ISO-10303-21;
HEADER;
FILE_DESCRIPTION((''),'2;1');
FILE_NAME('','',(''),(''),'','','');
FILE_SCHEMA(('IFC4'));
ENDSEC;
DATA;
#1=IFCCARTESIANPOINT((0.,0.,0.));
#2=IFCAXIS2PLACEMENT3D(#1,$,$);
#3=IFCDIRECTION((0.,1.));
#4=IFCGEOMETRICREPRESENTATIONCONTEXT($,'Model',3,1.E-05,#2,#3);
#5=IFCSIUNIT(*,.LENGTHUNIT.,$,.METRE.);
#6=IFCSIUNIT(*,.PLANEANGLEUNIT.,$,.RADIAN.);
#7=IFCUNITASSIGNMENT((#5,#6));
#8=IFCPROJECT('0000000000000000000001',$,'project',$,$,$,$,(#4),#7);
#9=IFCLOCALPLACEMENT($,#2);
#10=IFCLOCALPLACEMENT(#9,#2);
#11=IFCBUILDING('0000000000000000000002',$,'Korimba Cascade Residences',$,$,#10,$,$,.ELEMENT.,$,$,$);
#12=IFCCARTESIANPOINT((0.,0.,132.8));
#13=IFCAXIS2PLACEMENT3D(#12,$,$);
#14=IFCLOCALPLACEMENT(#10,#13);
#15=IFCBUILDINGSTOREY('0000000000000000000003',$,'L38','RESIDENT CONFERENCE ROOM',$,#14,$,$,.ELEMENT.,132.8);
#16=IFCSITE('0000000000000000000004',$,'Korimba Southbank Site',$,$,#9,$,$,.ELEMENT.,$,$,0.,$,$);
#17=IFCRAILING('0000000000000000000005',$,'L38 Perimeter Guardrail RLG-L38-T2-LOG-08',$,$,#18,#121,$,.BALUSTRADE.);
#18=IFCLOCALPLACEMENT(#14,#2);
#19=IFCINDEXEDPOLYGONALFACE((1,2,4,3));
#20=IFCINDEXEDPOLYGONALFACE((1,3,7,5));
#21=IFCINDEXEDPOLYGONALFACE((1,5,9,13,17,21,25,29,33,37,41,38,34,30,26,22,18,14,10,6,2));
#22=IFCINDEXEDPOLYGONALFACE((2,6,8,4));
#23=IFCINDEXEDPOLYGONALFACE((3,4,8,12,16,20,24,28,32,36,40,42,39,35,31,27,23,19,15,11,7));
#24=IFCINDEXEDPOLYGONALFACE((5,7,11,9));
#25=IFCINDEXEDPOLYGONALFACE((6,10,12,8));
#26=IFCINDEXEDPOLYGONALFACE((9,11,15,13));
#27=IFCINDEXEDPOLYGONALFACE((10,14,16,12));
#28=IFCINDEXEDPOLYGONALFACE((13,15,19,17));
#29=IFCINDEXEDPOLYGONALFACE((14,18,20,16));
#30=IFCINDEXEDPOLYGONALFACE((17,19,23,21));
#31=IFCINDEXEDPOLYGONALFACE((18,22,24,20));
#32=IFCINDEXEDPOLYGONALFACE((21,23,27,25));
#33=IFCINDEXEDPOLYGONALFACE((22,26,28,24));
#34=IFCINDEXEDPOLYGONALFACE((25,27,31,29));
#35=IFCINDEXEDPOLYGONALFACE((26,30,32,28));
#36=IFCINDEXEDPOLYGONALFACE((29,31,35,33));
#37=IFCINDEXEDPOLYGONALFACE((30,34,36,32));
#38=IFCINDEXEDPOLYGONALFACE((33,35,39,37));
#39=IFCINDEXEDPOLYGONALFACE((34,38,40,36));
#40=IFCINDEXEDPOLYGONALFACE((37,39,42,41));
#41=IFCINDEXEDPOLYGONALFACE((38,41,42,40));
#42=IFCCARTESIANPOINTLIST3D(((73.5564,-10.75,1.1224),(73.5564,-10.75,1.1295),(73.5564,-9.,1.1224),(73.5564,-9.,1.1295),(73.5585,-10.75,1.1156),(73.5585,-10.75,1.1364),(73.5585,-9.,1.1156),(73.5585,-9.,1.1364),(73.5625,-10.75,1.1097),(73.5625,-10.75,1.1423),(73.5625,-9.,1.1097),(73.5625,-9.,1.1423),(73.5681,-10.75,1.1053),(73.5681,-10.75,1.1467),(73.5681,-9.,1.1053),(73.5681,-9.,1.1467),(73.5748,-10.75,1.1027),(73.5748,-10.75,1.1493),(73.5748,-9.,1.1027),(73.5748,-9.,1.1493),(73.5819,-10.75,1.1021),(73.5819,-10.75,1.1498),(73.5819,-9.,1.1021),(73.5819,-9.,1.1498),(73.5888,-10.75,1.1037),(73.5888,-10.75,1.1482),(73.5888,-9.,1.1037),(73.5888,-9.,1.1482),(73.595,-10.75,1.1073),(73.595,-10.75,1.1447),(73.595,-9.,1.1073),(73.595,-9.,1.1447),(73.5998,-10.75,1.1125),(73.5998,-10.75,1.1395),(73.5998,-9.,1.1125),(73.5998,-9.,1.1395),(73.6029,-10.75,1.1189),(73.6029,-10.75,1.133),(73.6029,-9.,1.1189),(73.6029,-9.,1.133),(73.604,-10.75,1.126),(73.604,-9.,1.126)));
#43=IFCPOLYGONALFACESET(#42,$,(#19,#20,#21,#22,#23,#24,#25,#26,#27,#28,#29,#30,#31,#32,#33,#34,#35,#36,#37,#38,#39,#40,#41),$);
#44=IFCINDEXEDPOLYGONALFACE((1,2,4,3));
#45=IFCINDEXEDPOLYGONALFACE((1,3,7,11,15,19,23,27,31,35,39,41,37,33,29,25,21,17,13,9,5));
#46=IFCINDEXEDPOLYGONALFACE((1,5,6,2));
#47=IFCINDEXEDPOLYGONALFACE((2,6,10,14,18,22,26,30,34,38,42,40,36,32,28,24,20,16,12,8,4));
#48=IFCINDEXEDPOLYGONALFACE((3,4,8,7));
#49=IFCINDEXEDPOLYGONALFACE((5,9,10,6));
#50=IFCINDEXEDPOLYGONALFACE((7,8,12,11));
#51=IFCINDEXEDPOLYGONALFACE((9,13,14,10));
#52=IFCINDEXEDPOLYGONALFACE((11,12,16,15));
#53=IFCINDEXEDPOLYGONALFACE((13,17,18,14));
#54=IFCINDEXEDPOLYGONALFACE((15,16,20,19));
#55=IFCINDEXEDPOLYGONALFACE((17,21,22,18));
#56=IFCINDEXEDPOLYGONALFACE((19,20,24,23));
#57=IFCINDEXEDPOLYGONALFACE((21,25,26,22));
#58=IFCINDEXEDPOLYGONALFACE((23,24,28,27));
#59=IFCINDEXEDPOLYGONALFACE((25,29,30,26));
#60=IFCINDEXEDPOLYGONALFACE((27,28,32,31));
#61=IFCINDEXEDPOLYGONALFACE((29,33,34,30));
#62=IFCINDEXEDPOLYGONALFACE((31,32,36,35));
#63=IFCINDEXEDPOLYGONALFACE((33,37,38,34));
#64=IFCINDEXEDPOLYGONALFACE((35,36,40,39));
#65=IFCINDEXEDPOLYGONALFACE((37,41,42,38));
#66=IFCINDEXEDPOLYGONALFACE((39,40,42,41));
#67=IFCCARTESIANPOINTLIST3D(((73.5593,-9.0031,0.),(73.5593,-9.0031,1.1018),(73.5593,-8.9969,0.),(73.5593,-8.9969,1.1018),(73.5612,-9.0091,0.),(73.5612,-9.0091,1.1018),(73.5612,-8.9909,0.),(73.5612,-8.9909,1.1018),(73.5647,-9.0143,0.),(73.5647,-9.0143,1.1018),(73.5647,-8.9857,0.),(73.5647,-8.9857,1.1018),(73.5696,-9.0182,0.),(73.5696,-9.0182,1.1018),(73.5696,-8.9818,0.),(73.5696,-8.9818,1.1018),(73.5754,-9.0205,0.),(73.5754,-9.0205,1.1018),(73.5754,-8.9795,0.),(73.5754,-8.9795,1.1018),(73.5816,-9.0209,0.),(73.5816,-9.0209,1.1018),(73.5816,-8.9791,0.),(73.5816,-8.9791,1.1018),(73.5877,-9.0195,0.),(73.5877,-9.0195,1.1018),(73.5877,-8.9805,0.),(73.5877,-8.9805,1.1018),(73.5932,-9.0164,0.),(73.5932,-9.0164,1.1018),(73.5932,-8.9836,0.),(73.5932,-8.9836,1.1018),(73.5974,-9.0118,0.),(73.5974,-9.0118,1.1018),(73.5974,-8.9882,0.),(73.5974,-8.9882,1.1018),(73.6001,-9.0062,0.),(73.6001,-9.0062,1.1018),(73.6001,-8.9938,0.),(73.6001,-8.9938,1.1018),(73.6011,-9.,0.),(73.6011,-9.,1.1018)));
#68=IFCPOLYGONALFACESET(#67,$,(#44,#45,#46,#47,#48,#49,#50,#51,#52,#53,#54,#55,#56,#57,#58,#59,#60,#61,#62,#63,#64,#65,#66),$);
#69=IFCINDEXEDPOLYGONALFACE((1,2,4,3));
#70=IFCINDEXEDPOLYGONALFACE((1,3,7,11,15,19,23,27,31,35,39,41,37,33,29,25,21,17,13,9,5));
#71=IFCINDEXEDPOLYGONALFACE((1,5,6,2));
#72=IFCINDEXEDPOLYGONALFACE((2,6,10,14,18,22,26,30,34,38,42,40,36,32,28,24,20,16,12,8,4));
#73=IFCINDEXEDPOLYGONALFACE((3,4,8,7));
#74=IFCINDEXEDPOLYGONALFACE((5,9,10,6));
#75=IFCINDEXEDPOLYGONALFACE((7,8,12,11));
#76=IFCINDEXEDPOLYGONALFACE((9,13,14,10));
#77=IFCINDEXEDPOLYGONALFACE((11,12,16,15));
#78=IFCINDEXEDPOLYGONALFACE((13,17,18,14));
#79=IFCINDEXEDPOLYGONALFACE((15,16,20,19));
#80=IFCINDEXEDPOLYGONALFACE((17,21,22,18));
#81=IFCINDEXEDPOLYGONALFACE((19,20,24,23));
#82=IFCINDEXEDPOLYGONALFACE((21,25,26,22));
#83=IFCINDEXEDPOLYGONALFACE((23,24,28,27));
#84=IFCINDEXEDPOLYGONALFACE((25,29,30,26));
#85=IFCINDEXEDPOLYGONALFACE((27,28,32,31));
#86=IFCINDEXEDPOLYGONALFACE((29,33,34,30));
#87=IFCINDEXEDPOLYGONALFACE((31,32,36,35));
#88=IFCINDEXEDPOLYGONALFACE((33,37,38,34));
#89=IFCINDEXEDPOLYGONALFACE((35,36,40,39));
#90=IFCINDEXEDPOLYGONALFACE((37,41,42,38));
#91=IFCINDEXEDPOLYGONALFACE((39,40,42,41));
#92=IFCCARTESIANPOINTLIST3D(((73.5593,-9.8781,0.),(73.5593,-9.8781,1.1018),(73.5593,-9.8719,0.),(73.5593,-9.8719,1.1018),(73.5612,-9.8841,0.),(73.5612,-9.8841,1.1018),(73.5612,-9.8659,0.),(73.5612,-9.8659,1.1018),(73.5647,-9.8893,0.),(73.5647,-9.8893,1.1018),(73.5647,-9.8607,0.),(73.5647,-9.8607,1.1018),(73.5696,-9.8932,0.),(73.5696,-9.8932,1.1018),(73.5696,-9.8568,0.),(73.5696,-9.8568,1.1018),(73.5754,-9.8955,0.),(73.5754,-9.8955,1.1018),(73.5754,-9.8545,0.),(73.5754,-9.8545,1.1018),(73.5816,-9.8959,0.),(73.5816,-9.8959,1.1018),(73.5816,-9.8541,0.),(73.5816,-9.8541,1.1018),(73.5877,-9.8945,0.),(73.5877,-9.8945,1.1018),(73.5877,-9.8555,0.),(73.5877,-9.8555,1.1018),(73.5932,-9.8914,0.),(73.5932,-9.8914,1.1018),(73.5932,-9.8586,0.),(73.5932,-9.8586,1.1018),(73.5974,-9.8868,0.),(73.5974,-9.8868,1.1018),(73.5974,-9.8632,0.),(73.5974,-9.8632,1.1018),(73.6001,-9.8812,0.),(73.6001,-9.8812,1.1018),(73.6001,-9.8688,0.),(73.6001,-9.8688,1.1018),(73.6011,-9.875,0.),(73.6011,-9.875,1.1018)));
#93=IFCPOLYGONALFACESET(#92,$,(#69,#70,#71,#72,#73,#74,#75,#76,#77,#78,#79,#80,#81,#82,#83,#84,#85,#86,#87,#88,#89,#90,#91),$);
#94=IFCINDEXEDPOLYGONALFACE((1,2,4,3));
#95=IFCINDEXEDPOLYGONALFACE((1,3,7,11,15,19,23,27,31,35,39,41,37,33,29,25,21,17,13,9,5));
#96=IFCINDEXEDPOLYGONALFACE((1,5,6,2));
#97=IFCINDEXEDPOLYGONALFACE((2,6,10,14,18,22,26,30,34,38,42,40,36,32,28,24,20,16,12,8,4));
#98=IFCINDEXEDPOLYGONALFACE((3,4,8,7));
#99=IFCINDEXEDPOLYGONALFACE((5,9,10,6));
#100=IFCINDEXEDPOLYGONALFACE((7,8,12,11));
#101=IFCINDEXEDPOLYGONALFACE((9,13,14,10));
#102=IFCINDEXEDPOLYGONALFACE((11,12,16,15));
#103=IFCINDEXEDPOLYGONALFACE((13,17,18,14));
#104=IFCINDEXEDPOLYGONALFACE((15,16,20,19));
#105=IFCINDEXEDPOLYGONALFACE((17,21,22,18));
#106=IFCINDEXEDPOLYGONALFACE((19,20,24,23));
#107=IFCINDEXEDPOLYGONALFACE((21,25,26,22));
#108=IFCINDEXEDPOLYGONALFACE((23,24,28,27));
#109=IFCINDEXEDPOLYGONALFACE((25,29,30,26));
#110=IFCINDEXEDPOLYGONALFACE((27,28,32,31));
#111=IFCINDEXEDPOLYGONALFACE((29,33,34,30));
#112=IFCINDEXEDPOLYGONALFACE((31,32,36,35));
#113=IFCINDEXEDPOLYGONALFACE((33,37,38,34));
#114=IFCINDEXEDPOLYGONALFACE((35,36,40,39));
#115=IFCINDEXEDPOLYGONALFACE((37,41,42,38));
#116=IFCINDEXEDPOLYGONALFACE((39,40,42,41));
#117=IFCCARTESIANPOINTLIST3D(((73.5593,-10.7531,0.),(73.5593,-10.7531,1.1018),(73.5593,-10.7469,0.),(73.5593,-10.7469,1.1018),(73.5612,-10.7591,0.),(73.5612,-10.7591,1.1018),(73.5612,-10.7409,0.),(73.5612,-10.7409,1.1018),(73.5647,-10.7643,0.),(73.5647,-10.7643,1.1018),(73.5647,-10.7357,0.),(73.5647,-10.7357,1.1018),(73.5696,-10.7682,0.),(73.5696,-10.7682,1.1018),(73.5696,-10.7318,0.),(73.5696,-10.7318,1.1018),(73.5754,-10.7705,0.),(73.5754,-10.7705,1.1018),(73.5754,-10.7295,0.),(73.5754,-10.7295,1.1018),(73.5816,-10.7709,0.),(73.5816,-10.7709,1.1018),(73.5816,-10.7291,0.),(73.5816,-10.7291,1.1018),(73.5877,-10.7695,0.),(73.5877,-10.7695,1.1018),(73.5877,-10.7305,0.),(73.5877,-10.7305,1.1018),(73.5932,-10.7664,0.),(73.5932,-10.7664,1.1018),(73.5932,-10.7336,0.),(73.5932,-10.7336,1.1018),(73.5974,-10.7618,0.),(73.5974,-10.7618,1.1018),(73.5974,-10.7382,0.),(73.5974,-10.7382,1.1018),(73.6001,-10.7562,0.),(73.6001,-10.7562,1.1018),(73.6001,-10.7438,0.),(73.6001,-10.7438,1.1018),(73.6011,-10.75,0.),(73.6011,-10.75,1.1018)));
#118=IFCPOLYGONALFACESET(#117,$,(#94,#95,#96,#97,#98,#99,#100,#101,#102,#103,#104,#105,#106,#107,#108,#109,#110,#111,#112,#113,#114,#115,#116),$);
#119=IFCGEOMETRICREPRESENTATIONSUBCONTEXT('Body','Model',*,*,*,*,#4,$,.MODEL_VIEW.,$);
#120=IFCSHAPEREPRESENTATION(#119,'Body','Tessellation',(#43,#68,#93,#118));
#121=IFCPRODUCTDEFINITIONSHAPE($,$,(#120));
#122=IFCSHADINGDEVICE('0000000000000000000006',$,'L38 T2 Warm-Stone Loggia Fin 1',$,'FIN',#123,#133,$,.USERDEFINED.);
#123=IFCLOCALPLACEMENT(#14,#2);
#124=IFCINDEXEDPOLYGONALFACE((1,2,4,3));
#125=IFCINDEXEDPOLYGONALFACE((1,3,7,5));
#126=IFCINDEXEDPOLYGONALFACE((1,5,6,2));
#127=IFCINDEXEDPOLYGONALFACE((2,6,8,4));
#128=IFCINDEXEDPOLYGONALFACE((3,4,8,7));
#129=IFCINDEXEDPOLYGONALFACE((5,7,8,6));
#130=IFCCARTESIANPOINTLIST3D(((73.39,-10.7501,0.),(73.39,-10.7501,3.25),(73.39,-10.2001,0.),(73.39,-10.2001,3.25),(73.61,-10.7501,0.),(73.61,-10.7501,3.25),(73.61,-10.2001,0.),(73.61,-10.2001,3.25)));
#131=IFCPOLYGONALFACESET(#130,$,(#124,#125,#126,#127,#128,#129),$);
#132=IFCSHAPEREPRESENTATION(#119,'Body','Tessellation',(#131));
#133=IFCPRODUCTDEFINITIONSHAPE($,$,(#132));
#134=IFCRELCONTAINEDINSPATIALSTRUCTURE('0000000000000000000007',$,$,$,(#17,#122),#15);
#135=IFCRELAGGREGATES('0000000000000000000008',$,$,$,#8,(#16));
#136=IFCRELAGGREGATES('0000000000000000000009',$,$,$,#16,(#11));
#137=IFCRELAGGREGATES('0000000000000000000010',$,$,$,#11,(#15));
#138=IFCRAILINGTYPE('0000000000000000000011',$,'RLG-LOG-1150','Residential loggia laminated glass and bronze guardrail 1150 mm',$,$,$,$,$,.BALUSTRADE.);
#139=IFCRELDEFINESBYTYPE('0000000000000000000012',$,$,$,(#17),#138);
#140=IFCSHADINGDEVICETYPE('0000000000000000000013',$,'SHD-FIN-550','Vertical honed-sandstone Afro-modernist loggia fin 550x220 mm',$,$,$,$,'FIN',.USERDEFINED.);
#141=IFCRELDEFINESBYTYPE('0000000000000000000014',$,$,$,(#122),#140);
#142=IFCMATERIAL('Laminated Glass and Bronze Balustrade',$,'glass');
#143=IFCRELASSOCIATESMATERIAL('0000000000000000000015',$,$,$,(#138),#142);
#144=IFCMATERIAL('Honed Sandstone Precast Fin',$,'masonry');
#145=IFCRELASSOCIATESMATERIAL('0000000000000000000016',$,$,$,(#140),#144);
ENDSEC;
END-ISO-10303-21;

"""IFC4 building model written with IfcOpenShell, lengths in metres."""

from ifc_helpers import new_model, si_unit, direction, frame, origin, origin_2d, place, context, subcontext, project, spatial, rectangle, circle, extrude, material, type_object, element, save


model = new_model("IFC4")

# Units and contexts
model_context = context("Model", 3, precision=1e-05, world=origin(), true_north=direction((0.0, 1.0)))
body_context = subcontext(model_context, "Body", "Model", "MODEL_VIEW")
ifc_project = project(units=[si_unit("LENGTHUNIT", "METRE"), si_unit("PLANEANGLEUNIT", "RADIAN")], contexts=[model_context])

# Site, building, storey
site_placement = place(None, origin())
site = spatial("IfcSite", under=ifc_project, at=site_placement, Name="Korimba Southbank Site", CompositionType="ELEMENT", RefElevation=0.0)
building_placement = place(site_placement, origin())
building = spatial("IfcBuilding", under=site, at=building_placement, Name="Korimba Cascade Residences", CompositionType="ELEMENT")
storey_placement = place(building_placement, frame((0.0, 0.0, 132.8)))
storey = spatial("IfcBuildingStorey", under=building, at=storey_placement, Name="L38", Description="RESIDENT CONFERENCE ROOM", CompositionType="ELEMENT", Elevation=132.8)

# Railing
ifc_material_1 = material(Name="Laminated Glass and Bronze Balustrade", Category="glass")
railing_type = type_object("IfcRailingType", Name="RLG-LOG-1150", Description="Residential loggia laminated glass and bronze guardrail 1150 mm", PredefinedType="BALUSTRADE", material=ifc_material_1)
railing_1_placement = place(storey_placement, frame((73.5801, -9.0, 0.0)))
element("IfcRailing", 1, at=railing_1_placement, inside=storey, type_object=railing_type, Name="L38 Perimeter Guardrail RLG-L38-T2-LOG-08", PredefinedType="BALUSTRADE", context=body_context, shape_type="SweptSolid", body=[
    extrude(circle(Radius=0.0239, at=origin_2d()), frame((0.0, 0.0, 1.126), z_axis=(0.0, -1.0, 0.0), x_axis=(1.0, 0.0, 0.0)), (0.0, 0.0, 1.0), 1.75),
    extrude(circle(Radius=0.021, at=origin_2d()), origin(), (0.0, 0.0, 1.0), 1.1018),
    extrude(circle(Radius=0.021, at=origin_2d()), frame((0.0, -0.875, 0.0)), (0.0, 0.0, 1.0), 1.1018),
    extrude(circle(Radius=0.021, at=origin_2d()), frame((0.0, -1.75, 0.0)), (0.0, 0.0, 1.0), 1.1018),
])

# Shading device
ifc_material_2 = material(Name="Honed Sandstone Precast Fin", Category="masonry")
shading_device_type = type_object("IfcShadingDeviceType", Name="SHD-FIN-550", Description="Vertical honed-sandstone Afro-modernist loggia fin 550x220 mm", ElementType="FIN", PredefinedType="USERDEFINED", material=ifc_material_2)
shading_device_placement = place(storey_placement, frame((73.5, -10.4751, 0.0), z_axis=(0.0, 0.0, 1.0), x_axis=(1.0, 0.0, 0.0)))
element("IfcShadingDevice", 2, at=shading_device_placement, inside=storey, type_object=shading_device_type, Name="L38 T2 Warm-Stone Loggia Fin 1", ObjectType="FIN", PredefinedType="USERDEFINED", context=body_context, shape_type="SweptSolid", body=[
    extrude(rectangle(XDim=0.22, YDim=0.55, at=origin_2d()), origin(), (0.0, 0.0, 1.0), 3.25),
])

save(model, "model.ifc")
